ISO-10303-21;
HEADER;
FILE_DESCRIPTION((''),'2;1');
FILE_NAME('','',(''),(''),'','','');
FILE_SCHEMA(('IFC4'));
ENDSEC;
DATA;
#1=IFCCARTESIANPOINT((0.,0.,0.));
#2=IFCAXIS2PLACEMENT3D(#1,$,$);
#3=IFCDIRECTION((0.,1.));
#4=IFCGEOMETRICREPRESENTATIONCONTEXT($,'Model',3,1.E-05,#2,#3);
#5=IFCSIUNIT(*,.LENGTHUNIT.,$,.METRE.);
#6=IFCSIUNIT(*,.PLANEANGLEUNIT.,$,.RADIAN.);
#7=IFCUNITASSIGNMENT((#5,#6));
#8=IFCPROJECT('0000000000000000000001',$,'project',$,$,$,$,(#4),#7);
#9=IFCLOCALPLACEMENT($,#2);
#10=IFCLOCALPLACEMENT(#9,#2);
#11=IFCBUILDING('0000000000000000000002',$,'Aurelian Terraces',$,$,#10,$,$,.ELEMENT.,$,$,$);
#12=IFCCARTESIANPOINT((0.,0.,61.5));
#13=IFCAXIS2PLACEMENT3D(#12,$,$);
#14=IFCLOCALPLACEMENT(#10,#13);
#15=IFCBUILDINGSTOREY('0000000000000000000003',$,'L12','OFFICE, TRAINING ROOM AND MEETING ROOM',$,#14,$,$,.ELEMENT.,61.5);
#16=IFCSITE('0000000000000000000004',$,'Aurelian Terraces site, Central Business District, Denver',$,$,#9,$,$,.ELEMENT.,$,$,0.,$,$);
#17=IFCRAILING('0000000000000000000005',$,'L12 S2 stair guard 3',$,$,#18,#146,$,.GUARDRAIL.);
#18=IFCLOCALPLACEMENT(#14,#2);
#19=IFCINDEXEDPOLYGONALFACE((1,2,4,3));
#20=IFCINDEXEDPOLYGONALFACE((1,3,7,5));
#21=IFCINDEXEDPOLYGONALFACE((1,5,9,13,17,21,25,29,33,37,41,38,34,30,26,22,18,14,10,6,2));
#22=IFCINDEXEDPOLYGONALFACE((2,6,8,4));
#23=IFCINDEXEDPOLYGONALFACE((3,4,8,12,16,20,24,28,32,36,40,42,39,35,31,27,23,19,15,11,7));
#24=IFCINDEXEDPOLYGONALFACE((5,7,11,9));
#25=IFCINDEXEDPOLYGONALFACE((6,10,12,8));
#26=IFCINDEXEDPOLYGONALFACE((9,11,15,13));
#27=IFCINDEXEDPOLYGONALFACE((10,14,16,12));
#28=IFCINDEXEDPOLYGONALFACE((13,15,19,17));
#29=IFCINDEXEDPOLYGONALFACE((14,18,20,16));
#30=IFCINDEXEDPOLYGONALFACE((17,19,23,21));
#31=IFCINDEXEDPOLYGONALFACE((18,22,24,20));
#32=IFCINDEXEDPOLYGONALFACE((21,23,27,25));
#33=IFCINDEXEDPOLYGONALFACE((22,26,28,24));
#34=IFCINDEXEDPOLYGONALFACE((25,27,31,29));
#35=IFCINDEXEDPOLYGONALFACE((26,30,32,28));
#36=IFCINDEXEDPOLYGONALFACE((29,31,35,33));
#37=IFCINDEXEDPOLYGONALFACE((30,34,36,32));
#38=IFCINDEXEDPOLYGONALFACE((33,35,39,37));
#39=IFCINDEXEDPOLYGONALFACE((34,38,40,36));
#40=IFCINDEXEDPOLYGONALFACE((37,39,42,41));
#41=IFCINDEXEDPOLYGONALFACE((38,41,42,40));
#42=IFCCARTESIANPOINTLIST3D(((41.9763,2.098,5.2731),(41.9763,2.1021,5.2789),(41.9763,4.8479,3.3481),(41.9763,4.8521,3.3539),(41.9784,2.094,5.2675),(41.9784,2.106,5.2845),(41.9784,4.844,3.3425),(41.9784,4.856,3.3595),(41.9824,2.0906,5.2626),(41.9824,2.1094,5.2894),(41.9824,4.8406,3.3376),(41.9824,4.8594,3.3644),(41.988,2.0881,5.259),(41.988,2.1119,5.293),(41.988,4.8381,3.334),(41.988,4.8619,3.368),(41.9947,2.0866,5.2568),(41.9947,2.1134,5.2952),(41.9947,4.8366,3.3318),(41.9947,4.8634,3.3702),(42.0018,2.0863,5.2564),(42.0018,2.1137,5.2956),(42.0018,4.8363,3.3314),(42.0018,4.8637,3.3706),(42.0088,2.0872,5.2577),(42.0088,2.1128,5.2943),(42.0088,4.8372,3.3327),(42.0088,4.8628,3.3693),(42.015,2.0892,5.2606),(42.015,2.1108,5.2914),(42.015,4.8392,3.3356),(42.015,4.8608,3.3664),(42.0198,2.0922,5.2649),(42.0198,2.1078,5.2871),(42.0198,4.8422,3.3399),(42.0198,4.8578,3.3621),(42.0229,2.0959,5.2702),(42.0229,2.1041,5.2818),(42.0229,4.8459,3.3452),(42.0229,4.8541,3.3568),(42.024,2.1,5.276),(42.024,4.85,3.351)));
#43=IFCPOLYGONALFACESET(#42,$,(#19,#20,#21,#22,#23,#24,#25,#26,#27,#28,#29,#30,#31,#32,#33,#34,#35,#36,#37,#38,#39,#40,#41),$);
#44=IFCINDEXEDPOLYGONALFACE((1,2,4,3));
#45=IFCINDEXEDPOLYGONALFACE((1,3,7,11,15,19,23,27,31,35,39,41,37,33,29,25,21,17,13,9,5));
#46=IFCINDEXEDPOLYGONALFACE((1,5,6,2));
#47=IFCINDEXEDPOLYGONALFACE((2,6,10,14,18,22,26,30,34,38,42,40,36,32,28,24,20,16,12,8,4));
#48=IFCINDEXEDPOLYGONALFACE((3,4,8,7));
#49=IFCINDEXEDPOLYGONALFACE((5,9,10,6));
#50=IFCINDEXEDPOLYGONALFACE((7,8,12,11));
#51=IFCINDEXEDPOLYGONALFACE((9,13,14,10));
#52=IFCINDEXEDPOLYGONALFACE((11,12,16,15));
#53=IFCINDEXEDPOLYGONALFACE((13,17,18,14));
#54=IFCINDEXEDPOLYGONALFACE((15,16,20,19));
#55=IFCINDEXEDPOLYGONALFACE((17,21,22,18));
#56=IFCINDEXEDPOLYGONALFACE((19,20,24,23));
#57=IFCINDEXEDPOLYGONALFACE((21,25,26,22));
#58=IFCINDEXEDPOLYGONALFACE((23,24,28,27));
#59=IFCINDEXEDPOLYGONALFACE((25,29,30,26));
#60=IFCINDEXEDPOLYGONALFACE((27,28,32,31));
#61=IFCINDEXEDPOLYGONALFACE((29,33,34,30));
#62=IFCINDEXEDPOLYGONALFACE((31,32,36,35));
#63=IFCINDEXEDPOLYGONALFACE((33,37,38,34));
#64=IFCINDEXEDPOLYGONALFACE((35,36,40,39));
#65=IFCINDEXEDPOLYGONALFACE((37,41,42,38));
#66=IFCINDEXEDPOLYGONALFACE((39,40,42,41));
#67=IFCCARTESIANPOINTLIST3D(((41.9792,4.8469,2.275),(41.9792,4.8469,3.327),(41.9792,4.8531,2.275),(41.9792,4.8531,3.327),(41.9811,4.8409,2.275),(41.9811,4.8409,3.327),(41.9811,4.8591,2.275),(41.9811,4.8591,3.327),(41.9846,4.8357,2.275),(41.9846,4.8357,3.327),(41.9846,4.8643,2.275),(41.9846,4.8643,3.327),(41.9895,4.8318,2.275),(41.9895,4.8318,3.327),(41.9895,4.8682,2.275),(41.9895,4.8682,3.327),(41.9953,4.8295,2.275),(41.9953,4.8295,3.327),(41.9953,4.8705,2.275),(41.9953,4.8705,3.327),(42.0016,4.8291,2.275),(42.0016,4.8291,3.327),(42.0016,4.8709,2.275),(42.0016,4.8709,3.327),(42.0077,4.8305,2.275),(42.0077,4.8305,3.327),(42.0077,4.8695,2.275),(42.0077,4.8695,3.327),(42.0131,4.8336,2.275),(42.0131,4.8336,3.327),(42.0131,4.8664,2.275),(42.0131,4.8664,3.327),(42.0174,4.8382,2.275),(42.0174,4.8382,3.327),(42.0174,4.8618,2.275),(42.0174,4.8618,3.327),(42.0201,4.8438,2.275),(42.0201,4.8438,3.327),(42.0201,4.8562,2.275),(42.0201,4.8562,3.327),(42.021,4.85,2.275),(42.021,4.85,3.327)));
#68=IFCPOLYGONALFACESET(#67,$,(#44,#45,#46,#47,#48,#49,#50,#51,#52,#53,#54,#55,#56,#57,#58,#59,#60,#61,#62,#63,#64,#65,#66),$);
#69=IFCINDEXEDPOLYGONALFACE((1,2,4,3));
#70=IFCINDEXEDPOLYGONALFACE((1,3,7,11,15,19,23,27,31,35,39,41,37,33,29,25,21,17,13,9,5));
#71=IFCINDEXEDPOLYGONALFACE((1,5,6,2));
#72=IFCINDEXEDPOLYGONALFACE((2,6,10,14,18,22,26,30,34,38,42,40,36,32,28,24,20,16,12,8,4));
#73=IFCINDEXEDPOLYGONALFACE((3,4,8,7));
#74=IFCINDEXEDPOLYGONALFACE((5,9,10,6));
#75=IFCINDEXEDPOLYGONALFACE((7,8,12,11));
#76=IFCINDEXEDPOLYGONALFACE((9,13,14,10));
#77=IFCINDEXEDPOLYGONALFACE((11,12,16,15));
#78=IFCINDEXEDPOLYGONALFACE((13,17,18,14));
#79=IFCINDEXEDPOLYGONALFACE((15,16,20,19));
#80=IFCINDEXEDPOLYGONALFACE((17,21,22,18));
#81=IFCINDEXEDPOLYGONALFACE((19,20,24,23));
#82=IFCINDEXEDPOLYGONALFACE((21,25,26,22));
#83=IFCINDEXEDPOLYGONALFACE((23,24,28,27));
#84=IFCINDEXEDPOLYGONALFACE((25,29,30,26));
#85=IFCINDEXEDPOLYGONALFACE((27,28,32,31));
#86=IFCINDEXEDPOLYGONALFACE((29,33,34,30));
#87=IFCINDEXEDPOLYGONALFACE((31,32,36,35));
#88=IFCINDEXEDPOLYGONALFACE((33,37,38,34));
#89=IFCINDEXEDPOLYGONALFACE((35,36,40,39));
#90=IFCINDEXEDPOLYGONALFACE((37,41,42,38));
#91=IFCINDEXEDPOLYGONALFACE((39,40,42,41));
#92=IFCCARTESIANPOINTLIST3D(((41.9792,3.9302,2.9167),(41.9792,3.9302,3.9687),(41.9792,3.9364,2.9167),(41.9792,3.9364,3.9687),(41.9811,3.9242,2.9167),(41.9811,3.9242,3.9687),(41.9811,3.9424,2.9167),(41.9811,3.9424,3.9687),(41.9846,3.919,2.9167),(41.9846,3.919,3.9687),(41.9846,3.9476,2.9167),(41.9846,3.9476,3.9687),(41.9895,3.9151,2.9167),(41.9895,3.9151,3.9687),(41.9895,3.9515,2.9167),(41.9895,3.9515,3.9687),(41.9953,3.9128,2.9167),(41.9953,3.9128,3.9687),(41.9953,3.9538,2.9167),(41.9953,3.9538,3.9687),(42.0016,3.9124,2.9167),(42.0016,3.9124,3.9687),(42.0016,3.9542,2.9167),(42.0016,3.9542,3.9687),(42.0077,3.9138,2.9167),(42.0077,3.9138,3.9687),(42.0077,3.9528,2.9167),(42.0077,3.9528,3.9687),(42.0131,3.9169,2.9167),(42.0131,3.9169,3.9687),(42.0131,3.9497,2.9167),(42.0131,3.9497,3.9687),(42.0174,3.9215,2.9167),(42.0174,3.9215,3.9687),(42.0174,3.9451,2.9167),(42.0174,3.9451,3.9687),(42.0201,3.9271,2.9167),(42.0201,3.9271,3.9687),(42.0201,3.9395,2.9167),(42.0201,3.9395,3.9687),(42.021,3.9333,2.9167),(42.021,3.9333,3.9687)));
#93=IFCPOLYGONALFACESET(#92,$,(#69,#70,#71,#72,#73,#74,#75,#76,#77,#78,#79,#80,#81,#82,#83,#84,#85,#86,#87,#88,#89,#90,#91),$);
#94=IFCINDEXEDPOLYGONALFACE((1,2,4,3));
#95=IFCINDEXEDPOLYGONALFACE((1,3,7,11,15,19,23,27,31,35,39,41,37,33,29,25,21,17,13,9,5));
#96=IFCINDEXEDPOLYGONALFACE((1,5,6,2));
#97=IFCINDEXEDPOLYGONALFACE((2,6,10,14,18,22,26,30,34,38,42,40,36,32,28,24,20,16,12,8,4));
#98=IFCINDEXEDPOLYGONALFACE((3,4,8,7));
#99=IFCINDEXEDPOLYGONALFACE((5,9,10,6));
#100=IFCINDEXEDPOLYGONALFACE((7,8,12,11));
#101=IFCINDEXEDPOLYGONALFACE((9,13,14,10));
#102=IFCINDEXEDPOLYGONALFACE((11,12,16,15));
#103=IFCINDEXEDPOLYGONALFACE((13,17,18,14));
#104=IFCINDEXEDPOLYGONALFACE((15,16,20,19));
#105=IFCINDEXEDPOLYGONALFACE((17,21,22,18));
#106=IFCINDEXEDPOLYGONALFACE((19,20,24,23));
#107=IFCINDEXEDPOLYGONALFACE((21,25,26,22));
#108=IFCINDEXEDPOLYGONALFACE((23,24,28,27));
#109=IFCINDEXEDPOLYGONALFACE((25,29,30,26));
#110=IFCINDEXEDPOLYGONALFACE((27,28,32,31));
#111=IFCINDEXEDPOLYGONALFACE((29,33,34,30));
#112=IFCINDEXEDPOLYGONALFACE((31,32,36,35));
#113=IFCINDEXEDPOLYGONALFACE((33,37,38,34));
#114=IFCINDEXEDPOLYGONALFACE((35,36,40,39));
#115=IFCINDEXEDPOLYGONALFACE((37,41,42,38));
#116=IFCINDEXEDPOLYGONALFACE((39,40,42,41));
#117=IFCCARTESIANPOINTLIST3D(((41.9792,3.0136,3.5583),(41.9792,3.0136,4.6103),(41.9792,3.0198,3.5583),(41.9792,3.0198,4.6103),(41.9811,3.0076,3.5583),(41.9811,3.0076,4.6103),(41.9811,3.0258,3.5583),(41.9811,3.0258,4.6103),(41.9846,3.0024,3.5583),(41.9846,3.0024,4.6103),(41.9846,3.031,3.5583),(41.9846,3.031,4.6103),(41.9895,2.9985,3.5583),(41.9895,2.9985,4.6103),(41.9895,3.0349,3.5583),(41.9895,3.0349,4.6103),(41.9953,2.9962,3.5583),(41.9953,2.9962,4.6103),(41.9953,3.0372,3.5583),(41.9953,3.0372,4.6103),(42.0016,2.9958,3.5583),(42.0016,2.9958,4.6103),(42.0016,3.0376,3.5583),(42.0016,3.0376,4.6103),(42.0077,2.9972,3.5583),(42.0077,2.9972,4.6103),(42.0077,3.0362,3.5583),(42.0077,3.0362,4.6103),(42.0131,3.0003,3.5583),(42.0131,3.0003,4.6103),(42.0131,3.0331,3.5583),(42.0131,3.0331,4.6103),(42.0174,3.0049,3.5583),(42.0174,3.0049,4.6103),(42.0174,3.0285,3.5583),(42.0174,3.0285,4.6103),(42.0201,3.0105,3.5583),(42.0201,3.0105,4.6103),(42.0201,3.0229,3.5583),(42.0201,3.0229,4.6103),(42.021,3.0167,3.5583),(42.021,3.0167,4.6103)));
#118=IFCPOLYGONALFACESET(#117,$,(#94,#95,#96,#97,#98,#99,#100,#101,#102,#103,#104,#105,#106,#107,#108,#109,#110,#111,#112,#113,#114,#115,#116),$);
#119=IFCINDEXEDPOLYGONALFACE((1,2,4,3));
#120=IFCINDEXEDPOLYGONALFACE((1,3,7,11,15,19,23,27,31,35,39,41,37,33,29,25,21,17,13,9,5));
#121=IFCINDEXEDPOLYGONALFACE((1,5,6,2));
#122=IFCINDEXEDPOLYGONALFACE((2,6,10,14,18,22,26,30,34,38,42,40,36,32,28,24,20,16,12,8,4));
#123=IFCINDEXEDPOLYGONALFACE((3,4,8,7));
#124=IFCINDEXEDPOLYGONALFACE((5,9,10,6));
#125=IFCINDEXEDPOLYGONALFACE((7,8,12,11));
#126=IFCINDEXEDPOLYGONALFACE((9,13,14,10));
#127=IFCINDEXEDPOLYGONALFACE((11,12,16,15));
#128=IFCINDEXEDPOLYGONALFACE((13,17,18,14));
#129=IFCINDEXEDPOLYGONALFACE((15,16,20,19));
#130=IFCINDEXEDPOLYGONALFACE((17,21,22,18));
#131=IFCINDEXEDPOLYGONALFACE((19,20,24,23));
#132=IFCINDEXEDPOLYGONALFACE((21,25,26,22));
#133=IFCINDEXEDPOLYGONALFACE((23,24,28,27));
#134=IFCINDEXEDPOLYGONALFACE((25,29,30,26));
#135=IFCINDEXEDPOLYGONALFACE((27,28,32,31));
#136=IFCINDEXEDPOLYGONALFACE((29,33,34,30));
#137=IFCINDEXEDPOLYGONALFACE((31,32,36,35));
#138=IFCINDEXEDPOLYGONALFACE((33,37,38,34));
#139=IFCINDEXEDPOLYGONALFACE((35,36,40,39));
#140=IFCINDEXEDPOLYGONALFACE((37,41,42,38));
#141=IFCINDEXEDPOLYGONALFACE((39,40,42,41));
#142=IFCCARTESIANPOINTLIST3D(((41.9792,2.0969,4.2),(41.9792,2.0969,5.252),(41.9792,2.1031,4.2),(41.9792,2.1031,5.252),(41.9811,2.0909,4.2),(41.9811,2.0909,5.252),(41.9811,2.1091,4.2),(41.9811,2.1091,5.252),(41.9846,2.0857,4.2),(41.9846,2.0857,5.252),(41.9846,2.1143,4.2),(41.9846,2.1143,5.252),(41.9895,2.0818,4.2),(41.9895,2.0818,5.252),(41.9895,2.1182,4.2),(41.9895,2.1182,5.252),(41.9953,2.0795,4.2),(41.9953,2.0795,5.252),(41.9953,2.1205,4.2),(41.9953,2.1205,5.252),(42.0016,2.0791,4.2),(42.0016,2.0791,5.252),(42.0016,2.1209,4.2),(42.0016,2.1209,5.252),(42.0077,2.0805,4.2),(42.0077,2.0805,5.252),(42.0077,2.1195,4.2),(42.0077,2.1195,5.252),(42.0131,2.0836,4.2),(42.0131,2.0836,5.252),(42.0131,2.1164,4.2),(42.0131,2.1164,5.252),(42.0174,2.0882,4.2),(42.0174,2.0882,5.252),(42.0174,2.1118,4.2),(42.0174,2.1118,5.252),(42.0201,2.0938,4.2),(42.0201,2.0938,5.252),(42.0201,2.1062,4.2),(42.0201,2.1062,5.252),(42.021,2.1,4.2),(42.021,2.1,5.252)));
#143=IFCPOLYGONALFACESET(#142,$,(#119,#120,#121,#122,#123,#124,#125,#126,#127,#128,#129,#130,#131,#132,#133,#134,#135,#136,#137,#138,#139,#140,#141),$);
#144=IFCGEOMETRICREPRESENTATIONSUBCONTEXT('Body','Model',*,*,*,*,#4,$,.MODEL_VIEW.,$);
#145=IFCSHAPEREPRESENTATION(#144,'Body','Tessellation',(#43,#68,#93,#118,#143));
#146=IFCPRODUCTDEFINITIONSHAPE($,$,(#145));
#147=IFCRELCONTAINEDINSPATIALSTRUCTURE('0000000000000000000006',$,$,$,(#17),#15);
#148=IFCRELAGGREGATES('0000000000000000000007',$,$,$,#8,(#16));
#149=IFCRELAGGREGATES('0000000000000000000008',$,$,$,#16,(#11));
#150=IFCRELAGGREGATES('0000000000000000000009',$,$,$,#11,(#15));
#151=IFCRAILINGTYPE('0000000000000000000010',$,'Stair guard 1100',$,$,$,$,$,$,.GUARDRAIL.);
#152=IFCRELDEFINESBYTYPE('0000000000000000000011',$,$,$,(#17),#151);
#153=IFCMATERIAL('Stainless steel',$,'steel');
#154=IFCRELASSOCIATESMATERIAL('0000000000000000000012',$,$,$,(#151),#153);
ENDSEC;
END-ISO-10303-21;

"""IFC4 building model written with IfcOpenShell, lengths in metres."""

from ifc_helpers import new_model, si_unit, direction, frame, origin, origin_2d, place, context, subcontext, project, spatial, circle, extrude, source, transform, mapped, material, type_object, element, save


model = new_model("IFC4")

# Units and contexts
model_context = context("Model", 3, precision=1e-05, world=origin(), true_north=direction((0.0, 1.0)))
body_context = subcontext(model_context, "Body", "Model", "MODEL_VIEW")
ifc_project = project(units=[si_unit("LENGTHUNIT", "METRE"), si_unit("PLANEANGLEUNIT", "RADIAN")], contexts=[model_context])

# Site, building, storey
site_placement = place(None, origin())
site = spatial("IfcSite", under=ifc_project, at=site_placement, Name="Aurelian Terraces site, Central Business District, Denver", CompositionType="ELEMENT", RefElevation=0.0)
building_placement = place(site_placement, origin())
building = spatial("IfcBuilding", under=site, at=building_placement, Name="Aurelian Terraces", CompositionType="ELEMENT")
storey_placement = place(building_placement, frame((0.0, 0.0, 61.5)))
storey = spatial("IfcBuildingStorey", under=building, at=storey_placement, Name="L12", Description="OFFICE, TRAINING ROOM AND MEETING ROOM", CompositionType="ELEMENT", Elevation=61.5)

# Railing
ifc_material_1 = material(Name="Stainless steel", Category="steel")
railing_type_1 = type_object("IfcRailingType", Name="Stair guard 1100", PredefinedType="GUARDRAIL", material=ifc_material_1)
shared_shape_1 = source(origin(), body_context, "Body", "SweptSolid", [
    extrude(circle(Radius=0.024, at=origin_2d()), frame((0.0, 0.0, 1.076), z_axis=(0.0, -0.819232, 0.573462), x_axis=(1.0, 0.0, 0.0)), (0.0, 0.0, 1.0), 3.3568),
    extrude(circle(Radius=0.021, at=origin_2d()), origin(), (0.0, 0.0, 1.0), 1.052),
    extrude(circle(Radius=0.021, at=origin_2d()), frame((0.0, -0.9167, 0.6417)), (0.0, 0.0, 1.0), 1.052),
    extrude(circle(Radius=0.021, at=origin_2d()), frame((0.0, -1.8333, 1.2833)), (0.0, 0.0, 1.0), 1.052),
    extrude(circle(Radius=0.021, at=origin_2d()), frame((0.0, -2.75, 1.925)), (0.0, 0.0, 1.0), 1.052),
])
railing_1_placement = place(storey_placement, frame((42.0, 4.85, 2.275)))
element("IfcRailing", 1, at=railing_1_placement, inside=storey, type_object=railing_type_1, Name="L12 S2 stair guard 3", PredefinedType="GUARDRAIL", context=body_context, shape_type="MappedRepresentation", body=[
    mapped(shared_shape_1, transform((0.0, 0.0, 0.0), scale=1.0)),
])

save(model, "model.ifc")
